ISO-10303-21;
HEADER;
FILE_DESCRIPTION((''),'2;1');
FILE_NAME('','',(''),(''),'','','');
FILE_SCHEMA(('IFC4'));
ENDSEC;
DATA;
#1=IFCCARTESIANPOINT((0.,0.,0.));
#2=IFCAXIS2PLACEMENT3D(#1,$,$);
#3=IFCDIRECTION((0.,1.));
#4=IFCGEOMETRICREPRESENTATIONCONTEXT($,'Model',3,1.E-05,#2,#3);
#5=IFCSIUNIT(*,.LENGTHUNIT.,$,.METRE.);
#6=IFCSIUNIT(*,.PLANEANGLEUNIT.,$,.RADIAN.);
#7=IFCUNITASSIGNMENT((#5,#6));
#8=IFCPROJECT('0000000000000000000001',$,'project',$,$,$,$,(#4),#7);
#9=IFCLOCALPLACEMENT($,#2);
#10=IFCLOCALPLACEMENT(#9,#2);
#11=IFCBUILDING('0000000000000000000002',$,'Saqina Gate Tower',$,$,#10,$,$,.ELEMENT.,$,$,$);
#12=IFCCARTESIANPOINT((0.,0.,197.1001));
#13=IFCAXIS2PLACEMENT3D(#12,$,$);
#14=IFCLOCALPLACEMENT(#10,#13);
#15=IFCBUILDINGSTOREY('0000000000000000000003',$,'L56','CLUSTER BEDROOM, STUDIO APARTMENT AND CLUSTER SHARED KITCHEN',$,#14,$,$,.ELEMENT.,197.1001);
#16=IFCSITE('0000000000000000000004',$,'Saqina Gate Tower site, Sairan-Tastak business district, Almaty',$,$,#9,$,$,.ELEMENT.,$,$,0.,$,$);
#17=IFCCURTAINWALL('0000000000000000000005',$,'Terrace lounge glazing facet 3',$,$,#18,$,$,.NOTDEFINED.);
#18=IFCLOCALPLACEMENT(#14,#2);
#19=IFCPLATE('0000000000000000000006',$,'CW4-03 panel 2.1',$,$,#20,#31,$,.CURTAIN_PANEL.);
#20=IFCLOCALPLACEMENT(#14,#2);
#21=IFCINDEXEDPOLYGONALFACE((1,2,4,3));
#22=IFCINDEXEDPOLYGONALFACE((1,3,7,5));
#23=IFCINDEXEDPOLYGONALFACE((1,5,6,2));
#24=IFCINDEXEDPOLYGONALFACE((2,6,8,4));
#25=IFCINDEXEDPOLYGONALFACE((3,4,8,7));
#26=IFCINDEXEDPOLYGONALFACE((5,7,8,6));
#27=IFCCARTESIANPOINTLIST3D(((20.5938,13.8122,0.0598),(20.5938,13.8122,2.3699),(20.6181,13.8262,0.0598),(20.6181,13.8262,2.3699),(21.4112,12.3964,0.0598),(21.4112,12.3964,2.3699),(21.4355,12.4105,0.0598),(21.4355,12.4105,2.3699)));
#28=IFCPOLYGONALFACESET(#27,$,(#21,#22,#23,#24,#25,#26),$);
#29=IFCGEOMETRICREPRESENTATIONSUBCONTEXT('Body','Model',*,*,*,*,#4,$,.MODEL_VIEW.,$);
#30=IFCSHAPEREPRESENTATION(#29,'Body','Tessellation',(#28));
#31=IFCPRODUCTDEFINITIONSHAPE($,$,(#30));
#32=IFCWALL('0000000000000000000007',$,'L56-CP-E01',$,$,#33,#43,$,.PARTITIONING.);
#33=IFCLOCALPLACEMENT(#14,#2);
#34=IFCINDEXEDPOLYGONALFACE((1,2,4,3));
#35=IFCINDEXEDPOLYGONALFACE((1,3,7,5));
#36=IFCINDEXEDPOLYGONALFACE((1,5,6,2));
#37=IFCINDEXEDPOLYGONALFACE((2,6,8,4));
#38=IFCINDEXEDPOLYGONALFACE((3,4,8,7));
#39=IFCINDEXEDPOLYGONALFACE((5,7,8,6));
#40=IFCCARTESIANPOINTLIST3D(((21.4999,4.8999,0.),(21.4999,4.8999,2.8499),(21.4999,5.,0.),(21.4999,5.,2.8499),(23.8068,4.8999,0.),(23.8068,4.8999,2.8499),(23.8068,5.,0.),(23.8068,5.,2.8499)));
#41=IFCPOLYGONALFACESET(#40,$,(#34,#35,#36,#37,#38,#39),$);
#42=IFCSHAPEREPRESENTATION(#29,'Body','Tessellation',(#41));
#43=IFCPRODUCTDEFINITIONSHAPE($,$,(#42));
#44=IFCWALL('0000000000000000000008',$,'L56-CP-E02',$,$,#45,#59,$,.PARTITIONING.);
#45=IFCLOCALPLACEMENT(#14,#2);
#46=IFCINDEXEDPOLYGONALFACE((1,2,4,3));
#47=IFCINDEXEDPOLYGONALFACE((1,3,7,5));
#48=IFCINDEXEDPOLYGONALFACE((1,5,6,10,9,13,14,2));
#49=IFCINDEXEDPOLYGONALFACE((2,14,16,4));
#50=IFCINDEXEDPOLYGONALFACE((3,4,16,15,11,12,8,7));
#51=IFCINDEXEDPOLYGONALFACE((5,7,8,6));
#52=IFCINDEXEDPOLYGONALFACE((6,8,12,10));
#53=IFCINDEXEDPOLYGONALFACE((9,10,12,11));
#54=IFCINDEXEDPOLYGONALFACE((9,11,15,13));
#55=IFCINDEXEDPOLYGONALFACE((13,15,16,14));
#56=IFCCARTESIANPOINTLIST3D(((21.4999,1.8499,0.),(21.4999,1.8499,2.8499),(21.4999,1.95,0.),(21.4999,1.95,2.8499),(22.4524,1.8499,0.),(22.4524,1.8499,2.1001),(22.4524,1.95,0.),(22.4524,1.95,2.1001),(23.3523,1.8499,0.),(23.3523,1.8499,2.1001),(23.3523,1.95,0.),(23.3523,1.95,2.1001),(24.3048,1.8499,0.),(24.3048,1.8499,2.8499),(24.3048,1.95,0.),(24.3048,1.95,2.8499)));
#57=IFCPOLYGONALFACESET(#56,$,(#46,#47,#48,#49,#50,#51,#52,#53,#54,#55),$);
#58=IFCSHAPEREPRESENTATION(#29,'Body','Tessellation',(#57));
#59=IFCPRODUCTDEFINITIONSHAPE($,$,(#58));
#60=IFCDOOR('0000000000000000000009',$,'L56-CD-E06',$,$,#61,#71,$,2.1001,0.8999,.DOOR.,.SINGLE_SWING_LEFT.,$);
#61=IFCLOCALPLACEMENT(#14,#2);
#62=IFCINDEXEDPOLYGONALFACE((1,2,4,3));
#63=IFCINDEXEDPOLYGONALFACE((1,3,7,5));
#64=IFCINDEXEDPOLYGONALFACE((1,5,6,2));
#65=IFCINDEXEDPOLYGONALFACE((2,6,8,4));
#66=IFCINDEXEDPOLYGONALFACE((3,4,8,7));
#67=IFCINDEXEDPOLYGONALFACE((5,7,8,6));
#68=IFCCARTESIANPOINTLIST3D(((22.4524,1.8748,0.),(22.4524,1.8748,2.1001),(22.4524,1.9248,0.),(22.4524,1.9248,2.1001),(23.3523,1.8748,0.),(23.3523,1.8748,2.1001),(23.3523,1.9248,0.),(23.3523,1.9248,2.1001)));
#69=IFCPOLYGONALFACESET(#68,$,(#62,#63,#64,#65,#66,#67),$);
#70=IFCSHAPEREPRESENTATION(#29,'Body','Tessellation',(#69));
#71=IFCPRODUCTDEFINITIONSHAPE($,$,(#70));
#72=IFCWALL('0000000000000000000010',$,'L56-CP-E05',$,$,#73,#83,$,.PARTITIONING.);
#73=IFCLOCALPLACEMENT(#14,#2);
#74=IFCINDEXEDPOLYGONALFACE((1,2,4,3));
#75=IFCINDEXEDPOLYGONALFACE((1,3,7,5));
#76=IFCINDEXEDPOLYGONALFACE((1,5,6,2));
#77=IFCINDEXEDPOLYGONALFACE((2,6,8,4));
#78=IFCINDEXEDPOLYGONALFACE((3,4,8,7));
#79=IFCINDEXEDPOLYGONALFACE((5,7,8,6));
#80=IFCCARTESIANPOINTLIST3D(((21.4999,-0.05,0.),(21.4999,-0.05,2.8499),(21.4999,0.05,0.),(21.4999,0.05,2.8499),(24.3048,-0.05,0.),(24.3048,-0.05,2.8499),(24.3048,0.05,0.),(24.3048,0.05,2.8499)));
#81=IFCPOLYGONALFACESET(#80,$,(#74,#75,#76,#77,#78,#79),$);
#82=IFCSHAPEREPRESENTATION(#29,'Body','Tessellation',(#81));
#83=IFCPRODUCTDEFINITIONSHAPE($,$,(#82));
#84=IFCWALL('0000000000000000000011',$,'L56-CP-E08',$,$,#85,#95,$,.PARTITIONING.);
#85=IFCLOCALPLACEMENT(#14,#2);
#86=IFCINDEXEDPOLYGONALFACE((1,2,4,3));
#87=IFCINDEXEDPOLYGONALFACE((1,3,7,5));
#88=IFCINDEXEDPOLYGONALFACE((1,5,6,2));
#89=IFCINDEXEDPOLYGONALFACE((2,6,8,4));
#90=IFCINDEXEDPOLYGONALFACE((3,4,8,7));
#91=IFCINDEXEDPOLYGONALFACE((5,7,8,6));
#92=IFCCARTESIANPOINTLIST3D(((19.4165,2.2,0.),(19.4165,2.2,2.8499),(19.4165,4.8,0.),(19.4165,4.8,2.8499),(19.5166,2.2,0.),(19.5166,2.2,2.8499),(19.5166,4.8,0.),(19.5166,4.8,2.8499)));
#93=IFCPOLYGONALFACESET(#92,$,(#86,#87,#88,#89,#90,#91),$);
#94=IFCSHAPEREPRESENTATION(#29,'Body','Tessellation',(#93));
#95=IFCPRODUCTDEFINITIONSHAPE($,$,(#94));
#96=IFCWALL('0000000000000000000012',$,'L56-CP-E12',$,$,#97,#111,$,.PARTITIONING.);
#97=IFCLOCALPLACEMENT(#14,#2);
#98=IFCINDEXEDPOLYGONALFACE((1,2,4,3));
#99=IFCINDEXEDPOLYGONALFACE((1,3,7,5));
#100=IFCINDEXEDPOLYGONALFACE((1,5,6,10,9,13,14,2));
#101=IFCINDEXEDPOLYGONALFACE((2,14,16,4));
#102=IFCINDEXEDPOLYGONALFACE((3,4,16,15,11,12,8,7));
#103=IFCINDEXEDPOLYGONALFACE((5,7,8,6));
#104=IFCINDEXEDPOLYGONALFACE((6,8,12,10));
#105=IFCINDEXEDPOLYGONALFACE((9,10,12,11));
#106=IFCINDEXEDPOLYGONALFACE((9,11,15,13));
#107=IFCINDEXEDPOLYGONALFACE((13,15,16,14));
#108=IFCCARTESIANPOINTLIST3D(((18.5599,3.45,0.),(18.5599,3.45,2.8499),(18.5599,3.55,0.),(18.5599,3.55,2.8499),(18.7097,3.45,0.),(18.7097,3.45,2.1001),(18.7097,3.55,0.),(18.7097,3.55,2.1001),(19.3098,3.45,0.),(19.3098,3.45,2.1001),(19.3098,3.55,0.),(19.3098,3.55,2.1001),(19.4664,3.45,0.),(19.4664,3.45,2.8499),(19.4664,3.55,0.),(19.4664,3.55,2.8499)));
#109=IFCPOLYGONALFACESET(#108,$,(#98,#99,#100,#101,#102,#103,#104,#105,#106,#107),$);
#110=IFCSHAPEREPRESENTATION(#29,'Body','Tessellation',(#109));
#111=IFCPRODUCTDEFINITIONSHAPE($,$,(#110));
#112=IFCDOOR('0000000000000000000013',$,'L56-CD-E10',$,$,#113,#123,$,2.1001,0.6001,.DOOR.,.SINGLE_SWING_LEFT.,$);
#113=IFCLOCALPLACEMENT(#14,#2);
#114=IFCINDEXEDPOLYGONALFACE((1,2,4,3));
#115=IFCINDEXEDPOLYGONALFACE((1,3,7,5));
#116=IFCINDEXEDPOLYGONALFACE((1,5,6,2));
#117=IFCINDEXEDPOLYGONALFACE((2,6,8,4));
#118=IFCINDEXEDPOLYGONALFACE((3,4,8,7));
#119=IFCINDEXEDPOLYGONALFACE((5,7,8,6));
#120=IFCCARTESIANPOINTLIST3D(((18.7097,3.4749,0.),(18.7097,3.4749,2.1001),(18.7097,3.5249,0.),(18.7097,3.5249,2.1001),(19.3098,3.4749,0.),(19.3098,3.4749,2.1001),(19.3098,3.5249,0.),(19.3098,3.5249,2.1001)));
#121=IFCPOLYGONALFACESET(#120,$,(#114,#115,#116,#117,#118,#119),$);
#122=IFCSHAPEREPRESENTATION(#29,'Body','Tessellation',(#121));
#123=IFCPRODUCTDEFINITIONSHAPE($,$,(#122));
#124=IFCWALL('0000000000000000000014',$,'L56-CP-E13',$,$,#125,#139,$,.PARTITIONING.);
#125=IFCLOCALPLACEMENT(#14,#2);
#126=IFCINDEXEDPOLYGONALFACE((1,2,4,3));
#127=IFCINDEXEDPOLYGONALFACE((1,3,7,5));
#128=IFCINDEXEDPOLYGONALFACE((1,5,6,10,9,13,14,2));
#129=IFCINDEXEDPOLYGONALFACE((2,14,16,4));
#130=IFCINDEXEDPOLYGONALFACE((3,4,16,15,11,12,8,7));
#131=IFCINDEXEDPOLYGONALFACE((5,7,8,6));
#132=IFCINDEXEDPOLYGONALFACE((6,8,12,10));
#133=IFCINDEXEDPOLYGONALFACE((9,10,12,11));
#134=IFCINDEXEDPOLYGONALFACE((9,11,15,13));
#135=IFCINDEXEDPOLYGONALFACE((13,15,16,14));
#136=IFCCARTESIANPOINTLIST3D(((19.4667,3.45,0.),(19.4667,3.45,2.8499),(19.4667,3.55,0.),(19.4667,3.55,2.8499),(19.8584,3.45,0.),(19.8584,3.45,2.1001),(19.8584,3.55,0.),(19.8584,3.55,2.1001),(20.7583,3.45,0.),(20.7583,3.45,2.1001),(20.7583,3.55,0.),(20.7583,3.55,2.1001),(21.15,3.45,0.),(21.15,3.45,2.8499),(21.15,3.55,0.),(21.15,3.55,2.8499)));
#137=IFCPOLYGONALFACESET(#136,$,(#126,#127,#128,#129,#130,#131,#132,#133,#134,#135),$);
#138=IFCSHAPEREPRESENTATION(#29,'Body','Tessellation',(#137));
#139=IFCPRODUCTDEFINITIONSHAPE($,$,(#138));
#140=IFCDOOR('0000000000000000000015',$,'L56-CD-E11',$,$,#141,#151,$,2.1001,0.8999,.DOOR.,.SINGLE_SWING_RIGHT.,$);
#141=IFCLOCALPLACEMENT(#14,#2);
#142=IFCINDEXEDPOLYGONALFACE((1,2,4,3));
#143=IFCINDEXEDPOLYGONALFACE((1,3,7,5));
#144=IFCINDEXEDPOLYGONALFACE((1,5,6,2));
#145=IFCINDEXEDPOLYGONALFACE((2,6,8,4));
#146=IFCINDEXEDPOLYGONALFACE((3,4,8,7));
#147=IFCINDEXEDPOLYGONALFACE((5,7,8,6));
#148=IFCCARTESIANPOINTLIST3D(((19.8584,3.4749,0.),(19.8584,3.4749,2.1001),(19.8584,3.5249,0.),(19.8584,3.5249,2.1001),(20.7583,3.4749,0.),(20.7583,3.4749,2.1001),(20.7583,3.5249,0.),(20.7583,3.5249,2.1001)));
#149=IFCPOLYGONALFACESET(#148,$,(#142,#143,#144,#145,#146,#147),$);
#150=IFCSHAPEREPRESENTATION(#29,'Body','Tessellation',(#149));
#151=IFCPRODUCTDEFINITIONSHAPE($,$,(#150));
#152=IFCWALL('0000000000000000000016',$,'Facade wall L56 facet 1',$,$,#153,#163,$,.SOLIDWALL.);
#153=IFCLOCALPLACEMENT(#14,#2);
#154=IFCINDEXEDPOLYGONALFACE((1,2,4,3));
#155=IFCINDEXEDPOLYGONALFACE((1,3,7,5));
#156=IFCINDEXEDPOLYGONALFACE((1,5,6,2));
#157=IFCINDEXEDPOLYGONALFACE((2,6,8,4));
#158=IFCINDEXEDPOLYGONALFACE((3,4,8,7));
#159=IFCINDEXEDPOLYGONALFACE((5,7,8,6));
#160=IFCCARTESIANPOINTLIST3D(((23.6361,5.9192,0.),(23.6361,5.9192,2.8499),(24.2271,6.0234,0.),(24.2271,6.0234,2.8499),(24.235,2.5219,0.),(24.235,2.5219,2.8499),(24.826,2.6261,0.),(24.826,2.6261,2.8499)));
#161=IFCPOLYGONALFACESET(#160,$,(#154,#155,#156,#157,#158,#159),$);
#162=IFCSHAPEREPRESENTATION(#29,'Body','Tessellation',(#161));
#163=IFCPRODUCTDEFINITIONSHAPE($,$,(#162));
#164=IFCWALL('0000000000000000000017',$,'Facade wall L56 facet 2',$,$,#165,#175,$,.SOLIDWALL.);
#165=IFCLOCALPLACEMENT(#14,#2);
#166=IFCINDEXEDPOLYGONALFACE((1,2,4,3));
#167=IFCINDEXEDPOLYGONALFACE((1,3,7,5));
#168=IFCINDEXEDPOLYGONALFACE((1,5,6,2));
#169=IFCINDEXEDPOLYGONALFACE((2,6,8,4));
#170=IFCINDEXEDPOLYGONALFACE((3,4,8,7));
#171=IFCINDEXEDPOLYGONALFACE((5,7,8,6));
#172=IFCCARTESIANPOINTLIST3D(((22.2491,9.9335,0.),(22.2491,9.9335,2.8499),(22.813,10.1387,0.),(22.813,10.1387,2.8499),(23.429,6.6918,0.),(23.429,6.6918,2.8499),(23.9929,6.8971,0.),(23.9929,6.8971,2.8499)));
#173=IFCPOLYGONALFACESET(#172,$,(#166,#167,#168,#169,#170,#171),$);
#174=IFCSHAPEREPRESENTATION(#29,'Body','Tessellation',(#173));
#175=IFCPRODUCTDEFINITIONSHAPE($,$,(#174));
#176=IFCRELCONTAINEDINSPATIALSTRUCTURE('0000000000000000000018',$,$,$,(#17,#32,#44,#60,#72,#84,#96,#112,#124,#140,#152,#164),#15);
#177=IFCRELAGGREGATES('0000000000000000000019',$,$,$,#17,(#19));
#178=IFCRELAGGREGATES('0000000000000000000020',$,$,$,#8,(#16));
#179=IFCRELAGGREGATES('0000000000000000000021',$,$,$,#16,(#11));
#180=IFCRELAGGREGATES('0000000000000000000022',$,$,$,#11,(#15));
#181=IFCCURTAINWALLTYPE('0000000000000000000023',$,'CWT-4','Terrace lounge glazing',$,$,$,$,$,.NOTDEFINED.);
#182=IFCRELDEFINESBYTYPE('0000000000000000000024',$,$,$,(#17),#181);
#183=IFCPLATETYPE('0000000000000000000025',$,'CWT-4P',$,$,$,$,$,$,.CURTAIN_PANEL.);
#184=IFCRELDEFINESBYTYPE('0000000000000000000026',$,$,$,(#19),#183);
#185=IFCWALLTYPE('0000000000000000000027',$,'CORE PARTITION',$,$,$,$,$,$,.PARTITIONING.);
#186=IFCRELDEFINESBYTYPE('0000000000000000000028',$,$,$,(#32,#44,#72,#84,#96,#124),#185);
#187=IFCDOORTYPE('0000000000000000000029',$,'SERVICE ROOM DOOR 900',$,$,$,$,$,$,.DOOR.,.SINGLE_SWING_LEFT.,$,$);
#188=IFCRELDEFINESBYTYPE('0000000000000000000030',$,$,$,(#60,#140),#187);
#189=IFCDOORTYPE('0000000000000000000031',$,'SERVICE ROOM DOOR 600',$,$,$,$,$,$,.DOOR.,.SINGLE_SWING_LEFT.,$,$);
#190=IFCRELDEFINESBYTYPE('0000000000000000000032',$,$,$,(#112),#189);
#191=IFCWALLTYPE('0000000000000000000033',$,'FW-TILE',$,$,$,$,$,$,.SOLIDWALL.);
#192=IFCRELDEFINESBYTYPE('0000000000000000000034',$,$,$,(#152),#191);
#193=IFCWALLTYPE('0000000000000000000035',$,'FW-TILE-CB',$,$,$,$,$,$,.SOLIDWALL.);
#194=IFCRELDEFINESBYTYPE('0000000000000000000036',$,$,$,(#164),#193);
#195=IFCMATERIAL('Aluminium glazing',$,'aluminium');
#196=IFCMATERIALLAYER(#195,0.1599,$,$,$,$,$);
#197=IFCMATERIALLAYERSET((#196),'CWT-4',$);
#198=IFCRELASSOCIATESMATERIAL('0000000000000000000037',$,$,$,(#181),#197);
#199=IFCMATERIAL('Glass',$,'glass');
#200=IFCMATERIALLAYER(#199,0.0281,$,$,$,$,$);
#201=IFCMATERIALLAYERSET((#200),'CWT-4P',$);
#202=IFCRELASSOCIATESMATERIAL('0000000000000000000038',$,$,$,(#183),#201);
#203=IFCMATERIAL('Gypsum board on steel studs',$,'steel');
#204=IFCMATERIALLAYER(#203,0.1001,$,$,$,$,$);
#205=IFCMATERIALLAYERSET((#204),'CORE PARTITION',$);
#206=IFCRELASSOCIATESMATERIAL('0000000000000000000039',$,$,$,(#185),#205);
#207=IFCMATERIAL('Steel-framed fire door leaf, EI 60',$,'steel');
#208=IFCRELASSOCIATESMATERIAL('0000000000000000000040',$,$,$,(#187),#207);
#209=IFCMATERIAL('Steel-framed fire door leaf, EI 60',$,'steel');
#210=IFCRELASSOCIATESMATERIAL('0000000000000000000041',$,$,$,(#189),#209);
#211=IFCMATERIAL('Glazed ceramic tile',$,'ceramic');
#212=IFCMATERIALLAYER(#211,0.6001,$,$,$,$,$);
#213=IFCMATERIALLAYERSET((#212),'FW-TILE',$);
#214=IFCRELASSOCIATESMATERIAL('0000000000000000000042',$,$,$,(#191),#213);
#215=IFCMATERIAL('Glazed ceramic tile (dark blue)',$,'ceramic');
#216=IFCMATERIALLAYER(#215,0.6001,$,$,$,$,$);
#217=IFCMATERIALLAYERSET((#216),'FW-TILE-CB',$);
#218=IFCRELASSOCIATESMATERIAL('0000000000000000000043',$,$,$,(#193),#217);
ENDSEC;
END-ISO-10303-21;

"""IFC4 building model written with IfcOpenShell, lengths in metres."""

from ifc_helpers import new_model, si_unit, direction, frame, frame_2d, origin, origin_2d, place, context, subcontext, project, spatial, rectangle, extrude, material, layer, layer_set, type_object, element, fill, aggregate, save


model = new_model("IFC4")

# Units and contexts
model_context = context("Model", 3, precision=1e-05, world=origin(), true_north=direction((0.0, 1.0)))
body_context = subcontext(model_context, "Body", "Model", "MODEL_VIEW")
ifc_project = project(units=[si_unit("LENGTHUNIT", "METRE"), si_unit("PLANEANGLEUNIT", "RADIAN")], contexts=[model_context])

# Site, building, storey
site_placement = place(None, origin())
site = spatial("IfcSite", under=ifc_project, at=site_placement, Name="Saqina Gate Tower site, Sairan-Tastak business district, Almaty", CompositionType="ELEMENT", RefElevation=0.0)
building_placement = place(site_placement, origin())
building = spatial("IfcBuilding", under=site, at=building_placement, Name="Saqina Gate Tower", CompositionType="ELEMENT")
storey_placement = place(building_placement, frame((0.0, 0.0, 197.1001)))
storey = spatial("IfcBuildingStorey", under=building, at=storey_placement, Name="L56", Description="CLUSTER BEDROOM, STUDIO APARTMENT AND CLUSTER SHARED KITCHEN", CompositionType="ELEMENT", Elevation=197.1001)

# Curtain wall
ifc_material_1 = material(Name="Aluminium glazing", Category="aluminium")
ifc_layer_1 = layer(ifc_material_1, 0.1599)
ifc_layer_set_1 = layer_set([ifc_layer_1], Name="CWT-4")
curtain_wall_type = type_object("IfcCurtainWallType", Name="CWT-4", Description="Terrace lounge glazing", PredefinedType="NOTDEFINED", material=ifc_layer_set_1)
curtain_wall_placement = place(storey_placement, origin())
curtain_wall = element("IfcCurtainWall", 1, at=curtain_wall_placement, inside=storey, type_object=curtain_wall_type, Name="Terrace lounge glazing facet 3", PredefinedType="NOTDEFINED")

# Plate
ifc_material_2 = material(Name="Glass", Category="glass")
ifc_layer_2 = layer(ifc_material_2, 0.0281)
ifc_layer_set_2 = layer_set([ifc_layer_2], Name="CWT-4P")
plate_type = type_object("IfcPlateType", Name="CWT-4P", PredefinedType="CURTAIN_PANEL", material=ifc_layer_set_2)
plate_1_placement = place(storey_placement, frame((21.0146, 13.1113, 0.0598), z_axis=(0.0, 0.0, 1.0), x_axis=(-0.500014, 0.866017, 0.0)))
plate_1 = element("IfcPlate", 2, at=plate_1_placement, type_object=plate_type, Name="CW4-03 panel 2.1", PredefinedType="CURTAIN_PANEL", context=body_context, shape_type="SweptSolid", body=[
    extrude(rectangle(XDim=1.6348, YDim=0.0281, at=origin_2d()), origin(), (0.0, 0.0, 1.0), 2.3101),
])
aggregate(curtain_wall, [plate_1])

# Wall
ifc_material_3 = material(Name="Gypsum board on steel studs", Category="steel")
ifc_layer_3 = layer(ifc_material_3, 0.1001)
ifc_layer_set_3 = layer_set([ifc_layer_3], Name="CORE PARTITION")
wall_type_1 = type_object("IfcWallType", Name="CORE PARTITION", PredefinedType="PARTITIONING", material=ifc_layer_set_3)
wall_1_placement = place(storey_placement, frame((21.5, 4.95, 0.0), z_axis=(0.0, 0.0, 1.0), x_axis=(1.0, 0.0, 0.0)))
element("IfcWall", 3, at=wall_1_placement, inside=storey, type_object=wall_type_1, Name="L56-CP-E01", PredefinedType="PARTITIONING", context=body_context, shape_type="SweptSolid", body=[
    extrude(rectangle(XDim=2.3069, YDim=0.1001, at=frame_2d((1.1533, 0.0))), origin(), (0.0, 0.0, 1.0), 2.8499),
])

# Wall, opening, door
wall_2_placement = place(storey_placement, frame((21.5, 1.8999, 0.0), z_axis=(0.0, 0.0, 1.0), x_axis=(1.0, 0.0, 0.0)))
wall_2 = element("IfcWall", 4, at=wall_2_placement, inside=storey, type_object=wall_type_1, Name="L56-CP-E02", PredefinedType="PARTITIONING", context=body_context, shape_type="SweptSolid", body=[
    extrude(rectangle(XDim=2.8049, YDim=0.1001, at=frame_2d((1.4023, 0.0))), origin(), (0.0, 0.0, 1.0), 2.8499),
])
opening_1_placement = place(wall_2_placement, frame((0.9524, 0.0, 0.0)))
opening_1 = element("IfcOpeningElement", 5, at=opening_1_placement, cuts=wall_2, PredefinedType="OPENING", context=body_context, shape_type="SweptSolid", body=[
    extrude(rectangle(XDim=0.8999, YDim=2.1001, at=frame_2d((0.45, 1.05))), frame((0.0, 0.062, 0.0), z_axis=(0.0, -1.0, 0.0), x_axis=(1.0, 0.0, 0.0)), (0.0, 0.0, 1.0), 0.124),
])
ifc_material_4 = material(Name="Steel-framed fire door leaf, EI 60", Category="steel")
door_type_1 = type_object("IfcDoorType", Name="SERVICE ROOM DOOR 900", OperationType="SINGLE_SWING_LEFT", PredefinedType="DOOR", material=ifc_material_4)
door_1_placement = place(opening_1_placement, origin())
door_1 = element("IfcDoor", 6, at=door_1_placement, inside=storey, type_object=door_type_1, Name="L56-CD-E06", OperationType="SINGLE_SWING_LEFT", OverallHeight=2.1001, OverallWidth=0.8999, PredefinedType="DOOR", context=body_context, shape_type="SweptSolid", body=[
    extrude(rectangle(XDim=0.8999, YDim=2.1001, at=frame_2d((0.45, 1.05))), frame((0.0, 0.0249, 0.0), z_axis=(0.0, -1.0, 0.0), x_axis=(1.0, 0.0, 0.0)), (0.0, 0.0, 1.0), 0.05),
])
fill(opening_1, door_1)

# Walls
wall_3_placement = place(storey_placement, frame((21.5, 0.0, 0.0), z_axis=(0.0, 0.0, 1.0), x_axis=(1.0, 0.0, 0.0)))
element("IfcWall", 7, at=wall_3_placement, inside=storey, type_object=wall_type_1, Name="L56-CP-E05", PredefinedType="PARTITIONING", context=body_context, shape_type="SweptSolid", body=[
    extrude(rectangle(XDim=2.8049, YDim=0.1001, at=frame_2d((1.4023, 0.0))), origin(), (0.0, 0.0, 1.0), 2.8499),
])
wall_4_placement = place(storey_placement, frame((19.4666, 2.2, 0.0), z_axis=(0.0, 0.0, 1.0), x_axis=(0.0, 1.0, 0.0)))
element("IfcWall", 8, at=wall_4_placement, inside=storey, type_object=wall_type_1, Name="L56-CP-E08", PredefinedType="PARTITIONING", context=body_context, shape_type="SweptSolid", body=[
    extrude(rectangle(XDim=2.6001, YDim=0.1001, at=frame_2d((1.3, 0.0))), origin(), (0.0, 0.0, 1.0), 2.8499),
])

# Walls, openings, doors
wall_5_placement = place(storey_placement, frame((18.5601, 3.5, 0.0), z_axis=(0.0, 0.0, 1.0), x_axis=(1.0, 0.0, 0.0)))
wall_5 = element("IfcWall", 9, at=wall_5_placement, inside=storey, type_object=wall_type_1, Name="L56-CP-E12", PredefinedType="PARTITIONING", context=body_context, shape_type="SweptSolid", body=[
    extrude(rectangle(XDim=0.9065, YDim=0.1001, at=frame_2d((0.4531, 0.0))), origin(), (0.0, 0.0, 1.0), 2.8499),
])
opening_2_placement = place(wall_5_placement, frame((0.1497, 0.0, 0.0)))
opening_2 = element("IfcOpeningElement", 10, at=opening_2_placement, cuts=wall_5, PredefinedType="OPENING", context=body_context, shape_type="SweptSolid", body=[
    extrude(rectangle(XDim=0.6001, YDim=2.1001, at=frame_2d((0.3, 1.05))), frame((0.0, 0.062, 0.0), z_axis=(0.0, -1.0, 0.0), x_axis=(1.0, 0.0, 0.0)), (0.0, 0.0, 1.0), 0.124),
])
ifc_material_5 = material(Name="Steel-framed fire door leaf, EI 60", Category="steel")
door_type_2 = type_object("IfcDoorType", Name="SERVICE ROOM DOOR 600", OperationType="SINGLE_SWING_LEFT", PredefinedType="DOOR", material=ifc_material_5)
door_2_placement = place(opening_2_placement, origin())
door_2 = element("IfcDoor", 11, at=door_2_placement, inside=storey, type_object=door_type_2, Name="L56-CD-E10", OperationType="SINGLE_SWING_LEFT", OverallHeight=2.1001, OverallWidth=0.6001, PredefinedType="DOOR", context=body_context, shape_type="SweptSolid", body=[
    extrude(rectangle(XDim=0.6001, YDim=2.1001, at=frame_2d((0.3, 1.05))), frame((0.0, 0.0249, 0.0), z_axis=(0.0, -1.0, 0.0), x_axis=(1.0, 0.0, 0.0)), (0.0, 0.0, 1.0), 0.05),
])
fill(opening_2, door_2)
wall_6_placement = place(storey_placement, frame((19.4666, 3.5, 0.0), z_axis=(0.0, 0.0, 1.0), x_axis=(1.0, 0.0, 0.0)))
wall_6 = element("IfcWall", 12, at=wall_6_placement, inside=storey, type_object=wall_type_1, Name="L56-CP-E13", PredefinedType="PARTITIONING", context=body_context, shape_type="SweptSolid", body=[
    extrude(rectangle(XDim=1.6833, YDim=0.1001, at=frame_2d((0.8418, 0.0))), origin(), (0.0, 0.0, 1.0), 2.8499),
])
opening_3_placement = place(wall_6_placement, frame((0.3918, 0.0, 0.0)))
opening_3 = element("IfcOpeningElement", 13, at=opening_3_placement, cuts=wall_6, PredefinedType="OPENING", context=body_context, shape_type="SweptSolid", body=[
    extrude(rectangle(XDim=0.8999, YDim=2.1001, at=frame_2d((0.45, 1.05))), frame((0.0, 0.062, 0.0), z_axis=(0.0, -1.0, 0.0), x_axis=(1.0, 0.0, 0.0)), (0.0, 0.0, 1.0), 0.124),
])
door_3_placement = place(opening_3_placement, origin())
door_3 = element("IfcDoor", 14, at=door_3_placement, inside=storey, type_object=door_type_1, Name="L56-CD-E11", OperationType="SINGLE_SWING_RIGHT", OverallHeight=2.1001, OverallWidth=0.8999, PredefinedType="DOOR", context=body_context, shape_type="SweptSolid", body=[
    extrude(rectangle(XDim=0.8999, YDim=2.1001, at=frame_2d((0.45, 1.05))), frame((0.0, 0.0249, 0.0), z_axis=(0.0, -1.0, 0.0), x_axis=(1.0, 0.0, 0.0)), (0.0, 0.0, 1.0), 0.05),
])
fill(opening_3, door_3)

# Walls
ifc_material_6 = material(Name="Glazed ceramic tile", Category="ceramic")
ifc_layer_4 = layer(ifc_material_6, 0.6001)
ifc_layer_set_4 = layer_set([ifc_layer_4], Name="FW-TILE")
wall_type_2 = type_object("IfcWallType", Name="FW-TILE", PredefinedType="SOLIDWALL", material=ifc_layer_set_4)
wall_7_placement = place(storey_placement, frame((24.5305, 2.574, 0.0), z_axis=(0.0, 0.0, 1.0), x_axis=(-0.173608, 0.984815, 0.0)))
element("IfcWall", 15, at=wall_7_placement, inside=storey, type_object=wall_type_2, Name="Facade wall L56 facet 1", PredefinedType="SOLIDWALL", context=body_context, shape_type="SweptSolid", body=[
    extrude(rectangle(XDim=3.4497, YDim=0.6001, at=frame_2d((1.7249, 0.0))), origin(), (0.0, 0.0, 1.0), 2.8499),
])
ifc_material_7 = material(Name="Glazed ceramic tile (dark blue)", Category="ceramic")
ifc_layer_5 = layer(ifc_material_7, 0.6001)
ifc_layer_set_5 = layer_set([ifc_layer_5], Name="FW-TILE-CB")
wall_type_3 = type_object("IfcWallType", Name="FW-TILE-CB", PredefinedType="SOLIDWALL", material=ifc_layer_set_5)
wall_8_placement = place(storey_placement, frame((23.7109, 6.7944, 0.0), z_axis=(0.0, 0.0, 1.0), x_axis=(-0.342033, 0.939688, 0.0)))
element("IfcWall", 16, at=wall_8_placement, inside=storey, type_object=wall_type_3, Name="Facade wall L56 facet 2", PredefinedType="SOLIDWALL", context=body_context, shape_type="SweptSolid", body=[
    extrude(rectangle(XDim=3.4497, YDim=0.6001, at=frame_2d((1.7249, 0.0))), origin(), (0.0, 0.0, 1.0), 2.8499),
])

save(model, "model.ifc")
